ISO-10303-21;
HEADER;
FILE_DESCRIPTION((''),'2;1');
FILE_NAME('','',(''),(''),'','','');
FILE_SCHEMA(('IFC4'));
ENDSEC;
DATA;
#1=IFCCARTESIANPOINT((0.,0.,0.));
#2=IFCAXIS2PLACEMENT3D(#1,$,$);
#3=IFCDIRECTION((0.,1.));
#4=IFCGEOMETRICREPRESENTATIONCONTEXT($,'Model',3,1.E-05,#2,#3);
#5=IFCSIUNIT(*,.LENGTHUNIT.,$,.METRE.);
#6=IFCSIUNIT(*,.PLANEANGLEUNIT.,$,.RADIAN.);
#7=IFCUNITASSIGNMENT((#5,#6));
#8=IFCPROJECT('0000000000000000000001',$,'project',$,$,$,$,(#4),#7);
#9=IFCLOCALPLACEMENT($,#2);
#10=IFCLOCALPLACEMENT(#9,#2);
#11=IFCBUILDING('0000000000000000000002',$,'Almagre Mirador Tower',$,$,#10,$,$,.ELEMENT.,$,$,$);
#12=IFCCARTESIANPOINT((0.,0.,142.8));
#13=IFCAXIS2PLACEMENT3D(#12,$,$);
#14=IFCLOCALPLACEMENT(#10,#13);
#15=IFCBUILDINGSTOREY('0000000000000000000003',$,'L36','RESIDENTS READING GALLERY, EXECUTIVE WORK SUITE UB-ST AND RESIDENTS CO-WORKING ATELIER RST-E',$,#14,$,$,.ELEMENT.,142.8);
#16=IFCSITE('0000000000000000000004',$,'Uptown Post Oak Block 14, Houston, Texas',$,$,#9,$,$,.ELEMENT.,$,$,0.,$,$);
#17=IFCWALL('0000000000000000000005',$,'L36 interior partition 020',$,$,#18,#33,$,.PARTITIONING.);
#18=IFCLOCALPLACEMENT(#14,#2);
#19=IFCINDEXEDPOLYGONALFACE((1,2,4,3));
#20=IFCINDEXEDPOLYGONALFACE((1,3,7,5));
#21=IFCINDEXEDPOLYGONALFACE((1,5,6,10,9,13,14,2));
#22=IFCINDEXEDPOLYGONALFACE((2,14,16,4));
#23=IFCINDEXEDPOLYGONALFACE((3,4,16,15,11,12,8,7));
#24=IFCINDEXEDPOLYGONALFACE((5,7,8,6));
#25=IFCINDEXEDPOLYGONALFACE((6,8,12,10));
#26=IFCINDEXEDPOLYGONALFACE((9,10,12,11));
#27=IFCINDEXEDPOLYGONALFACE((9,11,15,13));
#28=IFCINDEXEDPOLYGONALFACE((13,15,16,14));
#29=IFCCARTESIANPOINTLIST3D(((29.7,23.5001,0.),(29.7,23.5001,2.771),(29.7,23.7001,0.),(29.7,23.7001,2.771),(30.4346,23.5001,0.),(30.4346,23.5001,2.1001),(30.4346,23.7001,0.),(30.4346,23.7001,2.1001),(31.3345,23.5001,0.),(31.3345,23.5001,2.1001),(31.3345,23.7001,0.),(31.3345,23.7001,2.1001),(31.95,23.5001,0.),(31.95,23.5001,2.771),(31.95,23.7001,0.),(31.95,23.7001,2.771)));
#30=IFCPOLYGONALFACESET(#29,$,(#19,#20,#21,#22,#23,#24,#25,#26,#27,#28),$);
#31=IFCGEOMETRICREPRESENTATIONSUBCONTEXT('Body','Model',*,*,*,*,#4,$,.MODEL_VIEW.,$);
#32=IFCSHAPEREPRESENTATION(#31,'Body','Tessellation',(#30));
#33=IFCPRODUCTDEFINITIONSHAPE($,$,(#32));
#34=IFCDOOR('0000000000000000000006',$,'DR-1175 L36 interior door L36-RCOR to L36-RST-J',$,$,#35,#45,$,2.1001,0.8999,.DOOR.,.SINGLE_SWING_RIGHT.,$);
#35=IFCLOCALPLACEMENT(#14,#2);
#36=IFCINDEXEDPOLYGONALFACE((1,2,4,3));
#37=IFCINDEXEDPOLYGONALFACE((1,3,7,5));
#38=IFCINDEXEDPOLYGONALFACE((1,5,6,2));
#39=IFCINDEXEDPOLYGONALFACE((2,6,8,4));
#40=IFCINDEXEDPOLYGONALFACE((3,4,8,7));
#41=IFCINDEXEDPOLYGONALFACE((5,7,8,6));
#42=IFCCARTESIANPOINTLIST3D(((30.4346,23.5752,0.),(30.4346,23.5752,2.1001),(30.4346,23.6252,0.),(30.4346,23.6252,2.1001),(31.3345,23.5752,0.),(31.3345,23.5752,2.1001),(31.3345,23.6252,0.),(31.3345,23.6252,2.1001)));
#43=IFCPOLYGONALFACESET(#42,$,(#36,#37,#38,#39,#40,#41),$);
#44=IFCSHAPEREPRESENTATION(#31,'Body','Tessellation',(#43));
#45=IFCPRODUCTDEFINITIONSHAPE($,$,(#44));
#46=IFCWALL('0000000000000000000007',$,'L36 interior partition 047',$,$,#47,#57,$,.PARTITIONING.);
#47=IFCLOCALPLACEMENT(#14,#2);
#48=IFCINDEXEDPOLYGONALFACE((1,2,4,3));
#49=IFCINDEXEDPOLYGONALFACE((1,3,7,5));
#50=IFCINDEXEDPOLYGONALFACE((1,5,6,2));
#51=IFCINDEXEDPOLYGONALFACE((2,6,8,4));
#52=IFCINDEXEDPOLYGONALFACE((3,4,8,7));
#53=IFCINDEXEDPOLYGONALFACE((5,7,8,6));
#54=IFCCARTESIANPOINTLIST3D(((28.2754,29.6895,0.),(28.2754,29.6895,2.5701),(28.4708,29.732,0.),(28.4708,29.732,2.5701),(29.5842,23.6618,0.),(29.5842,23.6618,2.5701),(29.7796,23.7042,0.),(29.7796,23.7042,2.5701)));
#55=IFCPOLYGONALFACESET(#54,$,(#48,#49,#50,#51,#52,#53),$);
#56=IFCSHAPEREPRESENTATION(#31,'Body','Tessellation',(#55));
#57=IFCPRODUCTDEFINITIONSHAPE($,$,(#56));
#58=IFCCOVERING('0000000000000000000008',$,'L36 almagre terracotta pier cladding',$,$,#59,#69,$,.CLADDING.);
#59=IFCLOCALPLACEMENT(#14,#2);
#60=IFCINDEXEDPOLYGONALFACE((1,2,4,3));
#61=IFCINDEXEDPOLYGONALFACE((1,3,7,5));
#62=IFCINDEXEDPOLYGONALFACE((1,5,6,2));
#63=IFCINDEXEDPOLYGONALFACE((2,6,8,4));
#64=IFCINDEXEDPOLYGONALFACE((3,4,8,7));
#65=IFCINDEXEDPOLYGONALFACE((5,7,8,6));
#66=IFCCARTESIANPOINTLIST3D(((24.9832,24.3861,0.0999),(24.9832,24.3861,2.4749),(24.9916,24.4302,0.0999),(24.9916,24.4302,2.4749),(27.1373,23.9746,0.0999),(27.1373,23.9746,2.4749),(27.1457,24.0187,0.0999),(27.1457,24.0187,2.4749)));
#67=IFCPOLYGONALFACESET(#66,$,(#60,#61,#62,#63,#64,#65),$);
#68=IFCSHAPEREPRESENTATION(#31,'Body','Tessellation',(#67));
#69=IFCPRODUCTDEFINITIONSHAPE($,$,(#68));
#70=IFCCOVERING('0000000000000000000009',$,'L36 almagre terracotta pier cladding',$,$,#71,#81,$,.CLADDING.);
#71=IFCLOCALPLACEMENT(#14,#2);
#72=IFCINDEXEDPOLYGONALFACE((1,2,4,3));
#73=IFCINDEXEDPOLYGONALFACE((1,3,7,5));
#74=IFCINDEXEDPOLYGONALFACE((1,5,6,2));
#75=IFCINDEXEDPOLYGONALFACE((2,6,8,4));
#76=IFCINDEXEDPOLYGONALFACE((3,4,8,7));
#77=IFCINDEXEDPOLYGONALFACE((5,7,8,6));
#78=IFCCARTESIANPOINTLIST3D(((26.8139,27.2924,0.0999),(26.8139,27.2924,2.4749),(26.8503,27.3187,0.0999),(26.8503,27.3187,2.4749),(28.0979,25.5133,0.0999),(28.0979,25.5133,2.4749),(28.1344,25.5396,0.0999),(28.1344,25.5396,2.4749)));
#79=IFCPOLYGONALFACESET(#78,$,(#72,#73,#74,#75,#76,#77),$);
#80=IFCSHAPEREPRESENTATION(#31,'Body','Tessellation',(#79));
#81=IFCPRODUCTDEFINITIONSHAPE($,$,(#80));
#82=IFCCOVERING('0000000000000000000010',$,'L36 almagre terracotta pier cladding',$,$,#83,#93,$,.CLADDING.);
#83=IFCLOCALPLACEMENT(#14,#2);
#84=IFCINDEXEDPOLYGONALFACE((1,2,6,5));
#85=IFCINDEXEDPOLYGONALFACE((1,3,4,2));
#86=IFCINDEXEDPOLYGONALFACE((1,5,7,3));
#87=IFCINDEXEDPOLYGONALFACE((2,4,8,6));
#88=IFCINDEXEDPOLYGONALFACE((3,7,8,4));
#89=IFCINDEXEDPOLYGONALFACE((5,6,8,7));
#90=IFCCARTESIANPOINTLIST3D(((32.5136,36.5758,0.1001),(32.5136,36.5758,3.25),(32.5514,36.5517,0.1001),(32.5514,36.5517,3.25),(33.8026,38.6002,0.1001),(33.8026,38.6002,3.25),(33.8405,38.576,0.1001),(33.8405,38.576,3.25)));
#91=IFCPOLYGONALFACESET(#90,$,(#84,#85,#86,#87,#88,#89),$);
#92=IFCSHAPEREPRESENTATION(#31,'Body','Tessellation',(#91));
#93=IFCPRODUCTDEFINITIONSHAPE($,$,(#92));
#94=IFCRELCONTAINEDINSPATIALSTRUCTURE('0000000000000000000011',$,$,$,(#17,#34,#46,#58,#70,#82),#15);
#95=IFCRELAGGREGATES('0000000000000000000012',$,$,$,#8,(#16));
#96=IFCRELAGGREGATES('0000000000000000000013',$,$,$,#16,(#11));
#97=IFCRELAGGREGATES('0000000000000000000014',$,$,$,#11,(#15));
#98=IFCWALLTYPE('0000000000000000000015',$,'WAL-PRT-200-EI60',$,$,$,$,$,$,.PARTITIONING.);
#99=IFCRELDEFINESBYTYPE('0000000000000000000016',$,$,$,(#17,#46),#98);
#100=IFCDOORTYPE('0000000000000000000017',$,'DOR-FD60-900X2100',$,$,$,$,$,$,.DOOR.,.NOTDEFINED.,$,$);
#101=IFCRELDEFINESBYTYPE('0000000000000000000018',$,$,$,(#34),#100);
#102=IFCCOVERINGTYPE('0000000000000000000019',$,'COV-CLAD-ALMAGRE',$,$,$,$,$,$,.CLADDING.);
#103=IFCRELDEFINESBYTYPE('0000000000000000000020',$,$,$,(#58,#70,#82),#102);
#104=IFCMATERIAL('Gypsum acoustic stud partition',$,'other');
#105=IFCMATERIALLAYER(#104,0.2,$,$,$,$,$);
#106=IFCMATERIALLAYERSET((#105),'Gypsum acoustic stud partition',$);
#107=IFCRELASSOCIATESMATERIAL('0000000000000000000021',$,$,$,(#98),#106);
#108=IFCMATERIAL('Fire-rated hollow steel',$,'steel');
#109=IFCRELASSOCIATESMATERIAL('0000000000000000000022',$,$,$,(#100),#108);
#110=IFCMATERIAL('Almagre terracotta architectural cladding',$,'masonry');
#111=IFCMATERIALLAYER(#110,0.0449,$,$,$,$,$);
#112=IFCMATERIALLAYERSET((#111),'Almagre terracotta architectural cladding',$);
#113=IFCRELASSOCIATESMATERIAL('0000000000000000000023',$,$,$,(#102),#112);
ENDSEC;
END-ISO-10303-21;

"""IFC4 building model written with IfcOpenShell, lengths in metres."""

from ifc_helpers import new_model, si_unit, direction, frame, frame_2d, origin, origin_2d, place, context, subcontext, project, spatial, rectangle, extrude, material, layer, layer_set, type_object, element, fill, save


model = new_model("IFC4")

# Units and contexts
model_context = context("Model", 3, precision=1e-05, world=origin(), true_north=direction((0.0, 1.0)))
body_context = subcontext(model_context, "Body", "Model", "MODEL_VIEW")
ifc_project = project(units=[si_unit("LENGTHUNIT", "METRE"), si_unit("PLANEANGLEUNIT", "RADIAN")], contexts=[model_context])

# Site, building, storey
site_placement = place(None, origin())
site = spatial("IfcSite", under=ifc_project, at=site_placement, Name="Uptown Post Oak Block 14, Houston, Texas", CompositionType="ELEMENT", RefElevation=0.0)
building_placement = place(site_placement, origin())
building = spatial("IfcBuilding", under=site, at=building_placement, Name="Almagre Mirador Tower", CompositionType="ELEMENT")
storey_placement = place(building_placement, frame((0.0, 0.0, 142.8)))
storey = spatial("IfcBuildingStorey", under=building, at=storey_placement, Name="L36", Description="RESIDENTS READING GALLERY, EXECUTIVE WORK SUITE UB-ST AND RESIDENTS CO-WORKING ATELIER RST-E", CompositionType="ELEMENT", Elevation=142.8)

# Shared definitions
ifc_material_1 = material(Name="Gypsum acoustic stud partition", Category="other")
ifc_layer_1 = layer(ifc_material_1, 0.2)
ifc_layer_set_1 = layer_set([ifc_layer_1], Name="Gypsum acoustic stud partition")
wall_type_1 = type_object("IfcWallType", Name="WAL-PRT-200-EI60", PredefinedType="PARTITIONING", material=ifc_layer_set_1)

# Wall, opening, door
wall_1_placement = place(storey_placement, frame((31.95, 23.6001, 0.0), z_axis=(0.0, 0.0, 1.0), x_axis=(-1.0, 0.0, 0.0)))
wall_1 = element("IfcWall", 1, at=wall_1_placement, inside=storey, type_object=wall_type_1, Name="L36 interior partition 020", PredefinedType="PARTITIONING", context=body_context, shape_type="SweptSolid", body=[
    extrude(rectangle(XDim=2.25, YDim=0.2, at=frame_2d((1.125, 0.0))), origin(), (0.0, 0.0, 1.0), 2.771),
])
opening_1_placement = place(wall_1_placement, frame((0.6155, 0.0, 0.0)))
opening_1 = element("IfcOpeningElement", 2, at=opening_1_placement, cuts=wall_1, PredefinedType="OPENING", context=body_context, shape_type="SweptSolid", body=[
    extrude(rectangle(XDim=0.8999, YDim=2.1001, at=frame_2d((0.45, 1.05))), frame((0.0, 0.1101, 0.0), z_axis=(0.0, -1.0, 0.0), x_axis=(1.0, 0.0, 0.0)), (0.0, 0.0, 1.0), 0.22),
])
ifc_material_2 = material(Name="Fire-rated hollow steel", Category="steel")
door_type_1 = type_object("IfcDoorType", Name="DOR-FD60-900X2100", OperationType="NOTDEFINED", PredefinedType="DOOR", material=ifc_material_2)
door_1_placement = place(opening_1_placement, origin())
door_1 = element("IfcDoor", 3, at=door_1_placement, inside=storey, type_object=door_type_1, Name="DR-1175 L36 interior door L36-RCOR to L36-RST-J", OperationType="SINGLE_SWING_RIGHT", OverallHeight=2.1001, OverallWidth=0.8999, PredefinedType="DOOR", context=body_context, shape_type="SweptSolid", body=[
    extrude(rectangle(XDim=0.8999, YDim=2.1001, at=frame_2d((0.45, 1.05))), frame((0.0, 0.0249, 0.0), z_axis=(0.0, -1.0, 0.0), x_axis=(1.0, 0.0, 0.0)), (0.0, 0.0, 1.0), 0.05),
])
fill(opening_1, door_1)

# Wall
wall_2_placement = place(storey_placement, frame((29.6819, 23.6831, 0.0), z_axis=(0.0, 0.0, 1.0), x_axis=(-0.212188, 0.977229, 0.0)))
element("IfcWall", 4, at=wall_2_placement, inside=storey, type_object=wall_type_1, Name="L36 interior partition 047", PredefinedType="PARTITIONING", context=body_context, shape_type="SweptSolid", body=[
    extrude(rectangle(XDim=6.1682, YDim=0.2, at=frame_2d((3.084, 0.0))), origin(), (0.0, 0.0, 1.0), 2.5701),
])

# Coverings
ifc_material_3 = material(Name="Almagre terracotta architectural cladding", Category="masonry")
ifc_layer_2 = layer(ifc_material_3, 0.0449)
ifc_layer_set_2 = layer_set([ifc_layer_2], Name="Almagre terracotta architectural cladding")
covering_type = type_object("IfcCoveringType", Name="COV-CLAD-ALMAGRE", PredefinedType="CLADDING", material=ifc_layer_set_2)
covering_1_placement = place(storey_placement, frame((26.0645, 24.2024, 0.0999), z_axis=(0.0, 0.0, 1.0), x_axis=(0.982235, -0.187656, 0.0)))
element("IfcCovering", 5, at=covering_1_placement, inside=storey, type_object=covering_type, Name="L36 almagre terracotta pier cladding", PredefinedType="CLADDING", context=body_context, shape_type="SweptSolid", body=[
    extrude(rectangle(XDim=2.1931, YDim=0.0449, at=origin_2d()), origin(), (0.0, 0.0, 1.0), 2.375),
])
covering_2_placement = place(storey_placement, frame((27.4741, 26.416, 0.0999), z_axis=(0.0, 0.0, 1.0), x_axis=(-0.585227, 0.81087, 0.0)))
element("IfcCovering", 6, at=covering_2_placement, inside=storey, type_object=covering_type, Name="L36 almagre terracotta pier cladding", PredefinedType="CLADDING", context=body_context, shape_type="SweptSolid", body=[
    extrude(rectangle(XDim=2.1941, YDim=0.0449, at=origin_2d()), origin(), (0.0, 0.0, 1.0), 2.375),
])
covering_3_placement = place(storey_placement, frame((33.177, 37.5759, 0.1001), z_axis=(0.0, 0.0, 1.0), x_axis=(0.537108, 0.843513, 0.0)))
element("IfcCovering", 7, at=covering_3_placement, inside=storey, type_object=covering_type, Name="L36 almagre terracotta pier cladding", PredefinedType="CLADDING", context=body_context, shape_type="SweptSolid", body=[
    extrude(rectangle(XDim=2.3999, YDim=0.0449, at=origin_2d()), origin(), (0.0, 0.0, 1.0), 3.1499),
])

save(model, "model.ifc")
